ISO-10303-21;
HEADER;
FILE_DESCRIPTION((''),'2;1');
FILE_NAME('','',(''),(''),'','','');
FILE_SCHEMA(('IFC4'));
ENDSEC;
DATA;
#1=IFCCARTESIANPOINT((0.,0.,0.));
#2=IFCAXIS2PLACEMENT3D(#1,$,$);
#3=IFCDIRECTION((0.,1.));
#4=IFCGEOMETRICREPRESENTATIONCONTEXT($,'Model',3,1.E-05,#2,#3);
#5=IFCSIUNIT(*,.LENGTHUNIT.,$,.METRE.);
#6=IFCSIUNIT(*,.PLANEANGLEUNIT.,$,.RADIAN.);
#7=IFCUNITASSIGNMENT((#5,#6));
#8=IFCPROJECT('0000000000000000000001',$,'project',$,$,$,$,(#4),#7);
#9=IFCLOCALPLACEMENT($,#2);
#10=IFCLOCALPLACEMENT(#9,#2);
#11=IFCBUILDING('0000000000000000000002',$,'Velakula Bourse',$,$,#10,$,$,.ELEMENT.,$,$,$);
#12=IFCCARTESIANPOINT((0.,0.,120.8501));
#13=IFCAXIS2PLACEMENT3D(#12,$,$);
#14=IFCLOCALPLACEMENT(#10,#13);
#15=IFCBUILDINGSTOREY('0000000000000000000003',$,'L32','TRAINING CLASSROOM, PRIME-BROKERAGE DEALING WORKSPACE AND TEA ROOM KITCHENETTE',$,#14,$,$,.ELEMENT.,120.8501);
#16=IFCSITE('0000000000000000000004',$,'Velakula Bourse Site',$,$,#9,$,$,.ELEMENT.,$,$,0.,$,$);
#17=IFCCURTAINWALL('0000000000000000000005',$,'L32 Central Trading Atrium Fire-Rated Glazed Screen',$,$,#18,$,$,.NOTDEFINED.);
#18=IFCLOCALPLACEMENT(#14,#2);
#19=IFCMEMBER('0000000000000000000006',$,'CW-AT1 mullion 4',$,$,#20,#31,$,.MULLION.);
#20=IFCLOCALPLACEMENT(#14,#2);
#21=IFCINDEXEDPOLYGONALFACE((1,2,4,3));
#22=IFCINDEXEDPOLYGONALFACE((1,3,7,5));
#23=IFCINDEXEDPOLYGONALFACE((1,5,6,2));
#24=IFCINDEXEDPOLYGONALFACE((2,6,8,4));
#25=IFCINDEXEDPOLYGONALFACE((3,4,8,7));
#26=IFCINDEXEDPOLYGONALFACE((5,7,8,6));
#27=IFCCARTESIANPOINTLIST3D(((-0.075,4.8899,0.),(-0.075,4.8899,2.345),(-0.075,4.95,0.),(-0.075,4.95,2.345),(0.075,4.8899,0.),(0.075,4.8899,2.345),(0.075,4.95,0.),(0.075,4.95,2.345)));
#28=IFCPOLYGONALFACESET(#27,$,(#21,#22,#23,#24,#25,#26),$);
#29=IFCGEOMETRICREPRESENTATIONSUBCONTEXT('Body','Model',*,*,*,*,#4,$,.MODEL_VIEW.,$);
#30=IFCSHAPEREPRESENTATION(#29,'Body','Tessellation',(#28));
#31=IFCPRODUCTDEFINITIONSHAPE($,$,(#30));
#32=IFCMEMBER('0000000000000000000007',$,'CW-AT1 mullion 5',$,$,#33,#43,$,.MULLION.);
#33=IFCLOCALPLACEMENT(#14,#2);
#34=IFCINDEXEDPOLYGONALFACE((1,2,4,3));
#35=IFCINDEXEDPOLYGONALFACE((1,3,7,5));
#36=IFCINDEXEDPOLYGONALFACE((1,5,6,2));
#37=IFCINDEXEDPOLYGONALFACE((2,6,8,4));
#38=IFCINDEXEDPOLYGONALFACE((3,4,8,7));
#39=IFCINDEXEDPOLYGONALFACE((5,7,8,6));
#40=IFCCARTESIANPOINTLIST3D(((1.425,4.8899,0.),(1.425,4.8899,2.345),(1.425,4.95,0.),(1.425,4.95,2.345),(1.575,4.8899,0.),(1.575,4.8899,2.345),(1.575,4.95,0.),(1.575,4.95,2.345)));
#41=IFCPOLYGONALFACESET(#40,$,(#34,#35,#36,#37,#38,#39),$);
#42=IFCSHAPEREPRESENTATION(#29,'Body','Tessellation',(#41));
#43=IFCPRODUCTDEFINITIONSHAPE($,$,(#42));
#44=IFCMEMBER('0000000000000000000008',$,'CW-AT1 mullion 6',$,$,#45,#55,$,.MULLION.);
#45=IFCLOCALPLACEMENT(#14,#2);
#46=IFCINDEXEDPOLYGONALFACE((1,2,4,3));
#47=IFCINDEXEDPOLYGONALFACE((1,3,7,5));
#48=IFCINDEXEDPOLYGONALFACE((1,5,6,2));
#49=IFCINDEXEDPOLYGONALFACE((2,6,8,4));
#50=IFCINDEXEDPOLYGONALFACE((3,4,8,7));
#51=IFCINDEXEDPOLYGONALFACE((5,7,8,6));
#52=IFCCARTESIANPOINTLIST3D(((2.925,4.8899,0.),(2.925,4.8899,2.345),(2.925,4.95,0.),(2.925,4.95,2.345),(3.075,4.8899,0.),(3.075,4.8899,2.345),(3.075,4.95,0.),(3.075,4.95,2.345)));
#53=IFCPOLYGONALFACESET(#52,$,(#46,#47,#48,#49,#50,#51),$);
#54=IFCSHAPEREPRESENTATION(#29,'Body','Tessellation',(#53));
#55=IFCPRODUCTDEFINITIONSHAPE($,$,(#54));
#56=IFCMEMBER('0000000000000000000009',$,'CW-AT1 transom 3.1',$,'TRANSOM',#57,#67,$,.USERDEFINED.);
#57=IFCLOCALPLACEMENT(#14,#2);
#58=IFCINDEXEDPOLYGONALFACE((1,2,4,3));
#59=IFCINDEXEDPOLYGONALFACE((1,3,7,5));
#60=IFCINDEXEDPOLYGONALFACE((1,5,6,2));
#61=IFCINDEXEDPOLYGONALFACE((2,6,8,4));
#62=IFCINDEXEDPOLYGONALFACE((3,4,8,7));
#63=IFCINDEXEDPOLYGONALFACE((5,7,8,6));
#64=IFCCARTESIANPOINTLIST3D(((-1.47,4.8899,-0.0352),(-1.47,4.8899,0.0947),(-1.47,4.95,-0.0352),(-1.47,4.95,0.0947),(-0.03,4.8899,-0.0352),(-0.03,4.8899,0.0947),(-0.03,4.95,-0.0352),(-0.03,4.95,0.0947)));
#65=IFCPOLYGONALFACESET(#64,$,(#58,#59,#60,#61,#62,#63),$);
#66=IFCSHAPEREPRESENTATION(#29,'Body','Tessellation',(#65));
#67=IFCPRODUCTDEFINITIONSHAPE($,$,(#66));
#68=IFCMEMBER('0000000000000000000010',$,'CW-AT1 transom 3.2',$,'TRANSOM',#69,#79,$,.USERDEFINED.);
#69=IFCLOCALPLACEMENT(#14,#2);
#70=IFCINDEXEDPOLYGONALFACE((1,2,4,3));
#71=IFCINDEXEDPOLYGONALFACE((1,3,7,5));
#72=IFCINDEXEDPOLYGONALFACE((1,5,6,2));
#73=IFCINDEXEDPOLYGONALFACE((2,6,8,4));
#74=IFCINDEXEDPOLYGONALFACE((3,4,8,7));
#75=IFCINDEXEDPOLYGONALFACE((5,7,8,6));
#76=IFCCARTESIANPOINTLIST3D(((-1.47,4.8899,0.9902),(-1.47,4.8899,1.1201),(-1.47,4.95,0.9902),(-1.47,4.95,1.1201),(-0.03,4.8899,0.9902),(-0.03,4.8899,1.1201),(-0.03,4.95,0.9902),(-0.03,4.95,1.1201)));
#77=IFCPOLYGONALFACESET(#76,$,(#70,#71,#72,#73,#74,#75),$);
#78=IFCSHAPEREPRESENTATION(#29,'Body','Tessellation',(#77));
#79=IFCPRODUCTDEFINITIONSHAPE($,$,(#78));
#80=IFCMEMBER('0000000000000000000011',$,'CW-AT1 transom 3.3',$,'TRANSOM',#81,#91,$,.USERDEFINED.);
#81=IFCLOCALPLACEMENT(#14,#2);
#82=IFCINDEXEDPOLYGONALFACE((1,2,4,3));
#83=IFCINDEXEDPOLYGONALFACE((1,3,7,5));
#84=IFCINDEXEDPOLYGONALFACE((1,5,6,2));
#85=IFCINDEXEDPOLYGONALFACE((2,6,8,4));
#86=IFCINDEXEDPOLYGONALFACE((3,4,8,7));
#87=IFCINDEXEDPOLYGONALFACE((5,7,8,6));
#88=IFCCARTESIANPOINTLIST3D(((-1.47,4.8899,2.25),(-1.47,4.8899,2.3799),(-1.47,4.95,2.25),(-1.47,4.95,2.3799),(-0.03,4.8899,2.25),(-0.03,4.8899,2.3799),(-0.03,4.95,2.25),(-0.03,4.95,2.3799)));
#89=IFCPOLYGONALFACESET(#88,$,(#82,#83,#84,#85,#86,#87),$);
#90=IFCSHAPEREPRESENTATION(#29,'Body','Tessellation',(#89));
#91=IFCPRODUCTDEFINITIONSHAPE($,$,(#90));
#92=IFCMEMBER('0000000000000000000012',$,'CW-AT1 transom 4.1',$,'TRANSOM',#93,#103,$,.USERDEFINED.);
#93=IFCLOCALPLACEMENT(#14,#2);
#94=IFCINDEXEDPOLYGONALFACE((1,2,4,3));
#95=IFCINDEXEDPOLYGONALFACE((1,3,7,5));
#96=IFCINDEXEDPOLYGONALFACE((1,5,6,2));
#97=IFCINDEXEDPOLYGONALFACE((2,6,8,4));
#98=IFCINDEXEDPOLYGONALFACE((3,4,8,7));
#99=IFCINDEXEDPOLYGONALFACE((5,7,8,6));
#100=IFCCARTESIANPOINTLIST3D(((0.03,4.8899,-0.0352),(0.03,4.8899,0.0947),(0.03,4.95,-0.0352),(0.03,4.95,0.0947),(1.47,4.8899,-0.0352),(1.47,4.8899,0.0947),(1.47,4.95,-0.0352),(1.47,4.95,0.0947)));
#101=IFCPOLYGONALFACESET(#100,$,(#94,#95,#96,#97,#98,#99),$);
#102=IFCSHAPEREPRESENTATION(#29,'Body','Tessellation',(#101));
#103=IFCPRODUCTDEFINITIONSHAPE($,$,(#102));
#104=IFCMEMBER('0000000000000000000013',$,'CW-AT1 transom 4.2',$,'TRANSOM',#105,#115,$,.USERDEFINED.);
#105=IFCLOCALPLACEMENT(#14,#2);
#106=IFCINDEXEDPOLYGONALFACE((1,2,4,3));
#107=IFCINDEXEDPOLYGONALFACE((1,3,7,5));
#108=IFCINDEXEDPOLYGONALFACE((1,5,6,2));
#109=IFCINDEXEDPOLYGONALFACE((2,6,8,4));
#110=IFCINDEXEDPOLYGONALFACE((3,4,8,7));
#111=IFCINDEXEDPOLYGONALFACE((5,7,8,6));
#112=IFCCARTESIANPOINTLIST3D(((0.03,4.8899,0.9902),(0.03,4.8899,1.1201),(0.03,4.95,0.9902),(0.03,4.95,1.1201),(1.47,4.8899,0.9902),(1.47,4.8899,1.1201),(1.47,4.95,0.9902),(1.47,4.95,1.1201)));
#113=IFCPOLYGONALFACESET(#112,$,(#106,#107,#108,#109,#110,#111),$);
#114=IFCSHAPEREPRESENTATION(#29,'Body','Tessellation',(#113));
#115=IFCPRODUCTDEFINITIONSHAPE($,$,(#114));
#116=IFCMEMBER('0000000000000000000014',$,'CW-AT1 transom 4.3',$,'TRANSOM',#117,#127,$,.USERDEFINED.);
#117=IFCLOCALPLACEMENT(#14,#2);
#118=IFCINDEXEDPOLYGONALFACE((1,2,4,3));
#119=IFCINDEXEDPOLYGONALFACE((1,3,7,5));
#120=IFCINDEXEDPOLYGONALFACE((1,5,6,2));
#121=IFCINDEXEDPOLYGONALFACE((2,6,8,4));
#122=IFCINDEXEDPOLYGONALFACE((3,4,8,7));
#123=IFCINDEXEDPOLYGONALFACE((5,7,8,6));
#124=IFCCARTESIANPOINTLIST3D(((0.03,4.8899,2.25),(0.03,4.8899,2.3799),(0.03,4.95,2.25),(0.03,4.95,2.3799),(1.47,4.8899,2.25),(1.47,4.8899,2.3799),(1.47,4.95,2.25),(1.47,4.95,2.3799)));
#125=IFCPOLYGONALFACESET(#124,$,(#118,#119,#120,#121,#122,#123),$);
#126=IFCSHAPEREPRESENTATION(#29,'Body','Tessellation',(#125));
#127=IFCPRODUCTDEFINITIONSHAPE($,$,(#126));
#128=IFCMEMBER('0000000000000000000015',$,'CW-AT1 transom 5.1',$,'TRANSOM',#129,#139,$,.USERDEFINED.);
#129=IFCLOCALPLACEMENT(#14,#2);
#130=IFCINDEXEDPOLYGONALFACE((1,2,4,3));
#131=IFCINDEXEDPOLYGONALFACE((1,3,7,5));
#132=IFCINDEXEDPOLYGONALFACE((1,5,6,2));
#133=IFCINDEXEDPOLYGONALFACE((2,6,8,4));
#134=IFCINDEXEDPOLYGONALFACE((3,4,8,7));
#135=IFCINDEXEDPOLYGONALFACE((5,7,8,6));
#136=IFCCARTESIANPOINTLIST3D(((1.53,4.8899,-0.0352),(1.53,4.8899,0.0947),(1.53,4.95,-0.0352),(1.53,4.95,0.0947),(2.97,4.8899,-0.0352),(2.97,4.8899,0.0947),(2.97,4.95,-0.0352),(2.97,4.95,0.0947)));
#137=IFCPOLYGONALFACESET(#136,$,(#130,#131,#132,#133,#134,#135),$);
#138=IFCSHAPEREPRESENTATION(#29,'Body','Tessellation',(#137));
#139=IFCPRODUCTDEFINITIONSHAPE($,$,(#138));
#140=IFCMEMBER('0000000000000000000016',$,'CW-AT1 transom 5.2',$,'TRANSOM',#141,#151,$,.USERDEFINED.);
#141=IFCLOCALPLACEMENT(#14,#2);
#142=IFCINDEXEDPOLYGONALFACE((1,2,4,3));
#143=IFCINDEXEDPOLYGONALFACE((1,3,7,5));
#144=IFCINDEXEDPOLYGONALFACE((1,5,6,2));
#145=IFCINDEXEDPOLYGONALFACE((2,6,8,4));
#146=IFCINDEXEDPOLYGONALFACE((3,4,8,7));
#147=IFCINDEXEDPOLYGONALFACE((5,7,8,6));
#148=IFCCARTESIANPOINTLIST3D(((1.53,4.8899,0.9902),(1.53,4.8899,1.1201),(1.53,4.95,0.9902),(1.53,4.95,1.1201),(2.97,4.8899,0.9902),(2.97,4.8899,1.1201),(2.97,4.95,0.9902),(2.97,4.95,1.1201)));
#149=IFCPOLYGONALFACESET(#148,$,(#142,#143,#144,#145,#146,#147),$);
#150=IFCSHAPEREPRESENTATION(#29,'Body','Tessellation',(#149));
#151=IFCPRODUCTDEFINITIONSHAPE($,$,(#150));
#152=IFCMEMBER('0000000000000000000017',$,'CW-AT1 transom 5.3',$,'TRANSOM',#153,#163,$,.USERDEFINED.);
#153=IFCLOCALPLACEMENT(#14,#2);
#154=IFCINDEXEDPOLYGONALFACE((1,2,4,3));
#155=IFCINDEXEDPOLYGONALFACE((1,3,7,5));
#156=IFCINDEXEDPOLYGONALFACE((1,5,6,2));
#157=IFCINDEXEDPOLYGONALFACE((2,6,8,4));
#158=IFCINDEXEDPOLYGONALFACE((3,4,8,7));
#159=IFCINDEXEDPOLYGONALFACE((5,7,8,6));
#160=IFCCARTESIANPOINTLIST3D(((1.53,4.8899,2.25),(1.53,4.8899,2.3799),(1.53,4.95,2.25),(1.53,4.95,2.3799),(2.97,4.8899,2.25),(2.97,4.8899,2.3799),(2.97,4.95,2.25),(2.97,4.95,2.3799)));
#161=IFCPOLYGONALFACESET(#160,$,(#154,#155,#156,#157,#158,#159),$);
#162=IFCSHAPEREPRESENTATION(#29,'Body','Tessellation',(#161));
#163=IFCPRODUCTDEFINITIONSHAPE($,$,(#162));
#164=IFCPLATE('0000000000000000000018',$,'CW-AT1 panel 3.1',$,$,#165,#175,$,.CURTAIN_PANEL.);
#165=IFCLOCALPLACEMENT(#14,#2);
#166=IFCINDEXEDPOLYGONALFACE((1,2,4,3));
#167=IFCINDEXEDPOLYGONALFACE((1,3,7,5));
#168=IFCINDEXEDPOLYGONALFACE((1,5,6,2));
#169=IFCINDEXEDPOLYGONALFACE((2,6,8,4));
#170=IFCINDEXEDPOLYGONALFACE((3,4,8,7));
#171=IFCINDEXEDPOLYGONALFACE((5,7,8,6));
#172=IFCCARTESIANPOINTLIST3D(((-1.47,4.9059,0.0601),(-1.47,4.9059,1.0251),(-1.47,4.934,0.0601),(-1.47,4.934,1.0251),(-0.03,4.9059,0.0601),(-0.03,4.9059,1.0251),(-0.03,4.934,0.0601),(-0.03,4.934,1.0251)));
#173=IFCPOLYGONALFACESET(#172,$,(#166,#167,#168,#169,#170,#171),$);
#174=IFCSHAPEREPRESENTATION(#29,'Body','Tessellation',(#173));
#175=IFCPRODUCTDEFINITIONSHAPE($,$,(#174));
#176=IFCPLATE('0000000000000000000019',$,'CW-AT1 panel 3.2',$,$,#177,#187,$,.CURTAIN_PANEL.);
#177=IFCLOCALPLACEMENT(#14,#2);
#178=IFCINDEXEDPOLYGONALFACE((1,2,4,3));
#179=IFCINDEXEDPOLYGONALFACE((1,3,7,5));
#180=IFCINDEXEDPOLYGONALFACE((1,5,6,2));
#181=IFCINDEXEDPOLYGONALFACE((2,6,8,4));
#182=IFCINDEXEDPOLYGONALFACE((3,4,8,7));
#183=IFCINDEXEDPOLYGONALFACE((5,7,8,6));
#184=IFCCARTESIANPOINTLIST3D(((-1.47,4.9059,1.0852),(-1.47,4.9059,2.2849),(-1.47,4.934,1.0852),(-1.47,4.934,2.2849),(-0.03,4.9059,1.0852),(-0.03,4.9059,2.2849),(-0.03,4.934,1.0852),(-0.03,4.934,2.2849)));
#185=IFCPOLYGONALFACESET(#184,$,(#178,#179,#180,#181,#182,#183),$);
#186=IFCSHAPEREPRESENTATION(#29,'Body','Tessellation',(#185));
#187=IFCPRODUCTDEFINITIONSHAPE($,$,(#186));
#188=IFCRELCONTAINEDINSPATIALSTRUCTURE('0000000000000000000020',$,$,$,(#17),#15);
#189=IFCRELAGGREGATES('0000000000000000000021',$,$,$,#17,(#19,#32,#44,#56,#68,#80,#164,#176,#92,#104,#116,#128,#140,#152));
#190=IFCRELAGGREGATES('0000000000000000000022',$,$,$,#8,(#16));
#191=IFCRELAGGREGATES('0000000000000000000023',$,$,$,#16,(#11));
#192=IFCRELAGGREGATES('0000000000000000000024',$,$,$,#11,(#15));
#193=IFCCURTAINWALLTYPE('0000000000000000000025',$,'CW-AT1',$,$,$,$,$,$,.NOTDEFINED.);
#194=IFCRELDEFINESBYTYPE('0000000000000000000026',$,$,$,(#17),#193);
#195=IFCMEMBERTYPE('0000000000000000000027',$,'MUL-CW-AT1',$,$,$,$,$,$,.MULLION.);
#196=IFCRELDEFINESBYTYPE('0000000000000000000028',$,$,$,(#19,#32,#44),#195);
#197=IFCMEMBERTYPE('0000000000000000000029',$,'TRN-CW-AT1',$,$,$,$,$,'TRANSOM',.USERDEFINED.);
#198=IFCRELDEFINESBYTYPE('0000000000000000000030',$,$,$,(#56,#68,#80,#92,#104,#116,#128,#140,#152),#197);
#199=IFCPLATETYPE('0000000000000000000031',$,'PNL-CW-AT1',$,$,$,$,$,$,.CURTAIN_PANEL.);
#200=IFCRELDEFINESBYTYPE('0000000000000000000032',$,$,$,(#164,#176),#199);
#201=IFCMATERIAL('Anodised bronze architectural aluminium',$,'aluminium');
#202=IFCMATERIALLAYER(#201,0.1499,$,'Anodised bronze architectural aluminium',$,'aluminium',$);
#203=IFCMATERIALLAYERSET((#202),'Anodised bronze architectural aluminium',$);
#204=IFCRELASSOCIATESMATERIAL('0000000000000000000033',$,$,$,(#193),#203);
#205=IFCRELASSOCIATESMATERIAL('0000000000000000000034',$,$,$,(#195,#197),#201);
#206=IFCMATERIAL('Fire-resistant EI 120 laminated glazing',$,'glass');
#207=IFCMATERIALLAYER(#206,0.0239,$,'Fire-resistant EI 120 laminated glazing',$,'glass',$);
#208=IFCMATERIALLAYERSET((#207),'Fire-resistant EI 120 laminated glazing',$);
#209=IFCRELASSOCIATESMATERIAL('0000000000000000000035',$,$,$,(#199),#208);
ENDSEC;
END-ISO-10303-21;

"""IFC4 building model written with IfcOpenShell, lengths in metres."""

from ifc_helpers import new_model, si_unit, direction, frame, origin, origin_2d, place, context, subcontext, project, spatial, rectangle, extrude, material, layer, layer_set, material_profile, profile_set, type_object, element, aggregate, save


model = new_model("IFC4")

# Units and contexts
model_context = context("Model", 3, precision=1e-05, world=origin(), true_north=direction((0.0, 1.0)))
body_context = subcontext(model_context, "Body", "Model", "MODEL_VIEW")
ifc_project = project(units=[si_unit("LENGTHUNIT", "METRE"), si_unit("PLANEANGLEUNIT", "RADIAN")], contexts=[model_context])

# Site, building, storey
site_placement = place(None, origin())
site = spatial("IfcSite", under=ifc_project, at=site_placement, Name="Velakula Bourse Site", CompositionType="ELEMENT", RefElevation=0.0)
building_placement = place(site_placement, origin())
building = spatial("IfcBuilding", under=site, at=building_placement, Name="Velakula Bourse", CompositionType="ELEMENT")
storey_placement = place(building_placement, frame((0.0, 0.0, 120.8501)))
storey = spatial("IfcBuildingStorey", under=building, at=storey_placement, Name="L32", Description="TRAINING CLASSROOM, PRIME-BROKERAGE DEALING WORKSPACE AND TEA ROOM KITCHENETTE", CompositionType="ELEMENT", Elevation=120.8501)

# Curtain wall, members, plates
ifc_material_1 = material(Name="Anodised bronze architectural aluminium", Category="aluminium")
ifc_layer_1 = layer(ifc_material_1, 0.1499, Name="Anodised bronze architectural aluminium", Category="aluminium")
ifc_layer_set_1 = layer_set([ifc_layer_1], Name="Anodised bronze architectural aluminium")
curtain_wall_type = type_object("IfcCurtainWallType", Name="CW-AT1", PredefinedType="NOTDEFINED", material=ifc_layer_set_1)
curtain_wall_placement = place(storey_placement, origin())
curtain_wall = element("IfcCurtainWall", 1, at=curtain_wall_placement, inside=storey, type_object=curtain_wall_type, Name="L32 Central Trading Atrium Fire-Rated Glazed Screen", PredefinedType="NOTDEFINED")
ifc_material_profile_1 = material_profile(ifc_material_1, rectangle(XDim=0.0601, YDim=0.1499, at=origin_2d()), Name="Anodised bronze architectural aluminium")
ifc_profile_set_1 = profile_set([ifc_material_profile_1], Name="Anodised bronze architectural aluminium")
member_type_1 = type_object("IfcMemberType", Name="MUL-CW-AT1", PredefinedType="MULLION", material=ifc_profile_set_1)
member_1_placement = place(storey_placement, frame((0.0, 4.9199, 0.0), z_axis=(0.0, 0.0, 1.0), x_axis=(0.0, 1.0, 0.0)))
member_1 = element("IfcMember", 2, at=member_1_placement, type_object=member_type_1, Name="CW-AT1 mullion 4", PredefinedType="MULLION", context=body_context, shape_type="SweptSolid", body=[
    extrude(rectangle(XDim=0.0601, YDim=0.1499, at=origin_2d()), origin(), (0.0, 0.0, 1.0), 2.345),
])
member_2_placement = place(storey_placement, frame((1.5, 4.9199, 0.0), z_axis=(0.0, 0.0, 1.0), x_axis=(0.0, 1.0, 0.0)))
member_2 = element("IfcMember", 3, at=member_2_placement, type_object=member_type_1, Name="CW-AT1 mullion 5", PredefinedType="MULLION", context=body_context, shape_type="SweptSolid", body=[
    extrude(rectangle(XDim=0.0601, YDim=0.1499, at=origin_2d()), origin(), (0.0, 0.0, 1.0), 2.345),
])
member_3_placement = place(storey_placement, frame((3.0, 4.9199, 0.0), z_axis=(0.0, 0.0, 1.0), x_axis=(0.0, 1.0, 0.0)))
member_3 = element("IfcMember", 4, at=member_3_placement, type_object=member_type_1, Name="CW-AT1 mullion 6", PredefinedType="MULLION", context=body_context, shape_type="SweptSolid", body=[
    extrude(rectangle(XDim=0.0601, YDim=0.1499, at=origin_2d()), origin(), (0.0, 0.0, 1.0), 2.345),
])
ifc_material_profile_2 = material_profile(ifc_material_1, rectangle(XDim=0.0601, YDim=0.1299, at=origin_2d()), Name="Anodised bronze architectural aluminium")
ifc_profile_set_2 = profile_set([ifc_material_profile_2], Name="Anodised bronze architectural aluminium")
member_type_2 = type_object("IfcMemberType", Name="TRN-CW-AT1", ElementType="TRANSOM", PredefinedType="USERDEFINED", material=ifc_profile_set_2)
member_4_placement = place(storey_placement, frame((-1.47, 4.9199, 0.0298), z_axis=(1.0, 0.0, 0.0), x_axis=(0.0, 1.0, 0.0)))
member_4 = element("IfcMember", 5, at=member_4_placement, type_object=member_type_2, Name="CW-AT1 transom 3.1", ObjectType="TRANSOM", PredefinedType="USERDEFINED", context=body_context, shape_type="SweptSolid", body=[
    extrude(rectangle(XDim=0.0601, YDim=0.1299, at=origin_2d()), origin(), (0.0, 0.0, 1.0), 1.4399),
])
member_5_placement = place(storey_placement, frame((-1.47, 4.9199, 1.0552), z_axis=(1.0, 0.0, 0.0), x_axis=(0.0, 1.0, 0.0)))
member_5 = element("IfcMember", 6, at=member_5_placement, type_object=member_type_2, Name="CW-AT1 transom 3.2", ObjectType="TRANSOM", PredefinedType="USERDEFINED", context=body_context, shape_type="SweptSolid", body=[
    extrude(rectangle(XDim=0.0601, YDim=0.1299, at=origin_2d()), origin(), (0.0, 0.0, 1.0), 1.4399),
])
member_6_placement = place(storey_placement, frame((-1.47, 4.9199, 2.3149), z_axis=(1.0, 0.0, 0.0), x_axis=(0.0, 1.0, 0.0)))
member_6 = element("IfcMember", 7, at=member_6_placement, type_object=member_type_2, Name="CW-AT1 transom 3.3", ObjectType="TRANSOM", PredefinedType="USERDEFINED", context=body_context, shape_type="SweptSolid", body=[
    extrude(rectangle(XDim=0.0601, YDim=0.1299, at=origin_2d()), origin(), (0.0, 0.0, 1.0), 1.4399),
])
member_7_placement = place(storey_placement, frame((0.03, 4.9199, 0.0298), z_axis=(1.0, 0.0, 0.0), x_axis=(0.0, 1.0, 0.0)))
member_7 = element("IfcMember", 8, at=member_7_placement, type_object=member_type_2, Name="CW-AT1 transom 4.1", ObjectType="TRANSOM", PredefinedType="USERDEFINED", context=body_context, shape_type="SweptSolid", body=[
    extrude(rectangle(XDim=0.0601, YDim=0.1299, at=origin_2d()), origin(), (0.0, 0.0, 1.0), 1.4399),
])
member_8_placement = place(storey_placement, frame((0.03, 4.9199, 1.0552), z_axis=(1.0, 0.0, 0.0), x_axis=(0.0, 1.0, 0.0)))
member_8 = element("IfcMember", 9, at=member_8_placement, type_object=member_type_2, Name="CW-AT1 transom 4.2", ObjectType="TRANSOM", PredefinedType="USERDEFINED", context=body_context, shape_type="SweptSolid", body=[
    extrude(rectangle(XDim=0.0601, YDim=0.1299, at=origin_2d()), origin(), (0.0, 0.0, 1.0), 1.4399),
])
member_9_placement = place(storey_placement, frame((0.03, 4.9199, 2.3149), z_axis=(1.0, 0.0, 0.0), x_axis=(0.0, 1.0, 0.0)))
member_9 = element("IfcMember", 10, at=member_9_placement, type_object=member_type_2, Name="CW-AT1 transom 4.3", ObjectType="TRANSOM", PredefinedType="USERDEFINED", context=body_context, shape_type="SweptSolid", body=[
    extrude(rectangle(XDim=0.0601, YDim=0.1299, at=origin_2d()), origin(), (0.0, 0.0, 1.0), 1.4399),
])
member_10_placement = place(storey_placement, frame((1.53, 4.9199, 0.0298), z_axis=(1.0, 0.0, 0.0), x_axis=(0.0, 1.0, 0.0)))
member_10 = element("IfcMember", 11, at=member_10_placement, type_object=member_type_2, Name="CW-AT1 transom 5.1", ObjectType="TRANSOM", PredefinedType="USERDEFINED", context=body_context, shape_type="SweptSolid", body=[
    extrude(rectangle(XDim=0.0601, YDim=0.1299, at=origin_2d()), origin(), (0.0, 0.0, 1.0), 1.4399),
])
member_11_placement = place(storey_placement, frame((1.53, 4.9199, 1.0552), z_axis=(1.0, 0.0, 0.0), x_axis=(0.0, 1.0, 0.0)))
member_11 = element("IfcMember", 12, at=member_11_placement, type_object=member_type_2, Name="CW-AT1 transom 5.2", ObjectType="TRANSOM", PredefinedType="USERDEFINED", context=body_context, shape_type="SweptSolid", body=[
    extrude(rectangle(XDim=0.0601, YDim=0.1299, at=origin_2d()), origin(), (0.0, 0.0, 1.0), 1.4399),
])
member_12_placement = place(storey_placement, frame((1.53, 4.9199, 2.3149), z_axis=(1.0, 0.0, 0.0), x_axis=(0.0, 1.0, 0.0)))
member_12 = element("IfcMember", 13, at=member_12_placement, type_object=member_type_2, Name="CW-AT1 transom 5.3", ObjectType="TRANSOM", PredefinedType="USERDEFINED", context=body_context, shape_type="SweptSolid", body=[
    extrude(rectangle(XDim=0.0601, YDim=0.1299, at=origin_2d()), origin(), (0.0, 0.0, 1.0), 1.4399),
])
ifc_material_2 = material(Name="Fire-resistant EI 120 laminated glazing", Category="glass")
ifc_layer_2 = layer(ifc_material_2, 0.0239, Name="Fire-resistant EI 120 laminated glazing", Category="glass")
ifc_layer_set_2 = layer_set([ifc_layer_2], Name="Fire-resistant EI 120 laminated glazing")
plate_type = type_object("IfcPlateType", Name="PNL-CW-AT1", PredefinedType="CURTAIN_PANEL", material=ifc_layer_set_2)
plate_1_placement = place(storey_placement, frame((-0.75, 4.9199, 0.0601), z_axis=(0.0, 0.0, 1.0), x_axis=(1.0, 0.0, 0.0)))
plate_1 = element("IfcPlate", 14, at=plate_1_placement, type_object=plate_type, Name="CW-AT1 panel 3.1", PredefinedType="CURTAIN_PANEL", context=body_context, shape_type="SweptSolid", body=[
    extrude(rectangle(XDim=1.4399, YDim=0.0281, at=origin_2d()), origin(), (0.0, 0.0, 1.0), 0.9651),
])
plate_2_placement = place(storey_placement, frame((-0.75, 4.9199, 1.0852), z_axis=(0.0, 0.0, 1.0), x_axis=(1.0, 0.0, 0.0)))
plate_2 = element("IfcPlate", 15, at=plate_2_placement, type_object=plate_type, Name="CW-AT1 panel 3.2", PredefinedType="CURTAIN_PANEL", context=body_context, shape_type="SweptSolid", body=[
    extrude(rectangle(XDim=1.4399, YDim=0.0281, at=origin_2d()), origin(), (0.0, 0.0, 1.0), 1.1997),
])
aggregate(curtain_wall, [member_1, member_2, member_3, member_4, member_5, member_6, plate_1, plate_2, member_7, member_8, member_9, member_10, member_11, member_12])

save(model, "model.ifc")
